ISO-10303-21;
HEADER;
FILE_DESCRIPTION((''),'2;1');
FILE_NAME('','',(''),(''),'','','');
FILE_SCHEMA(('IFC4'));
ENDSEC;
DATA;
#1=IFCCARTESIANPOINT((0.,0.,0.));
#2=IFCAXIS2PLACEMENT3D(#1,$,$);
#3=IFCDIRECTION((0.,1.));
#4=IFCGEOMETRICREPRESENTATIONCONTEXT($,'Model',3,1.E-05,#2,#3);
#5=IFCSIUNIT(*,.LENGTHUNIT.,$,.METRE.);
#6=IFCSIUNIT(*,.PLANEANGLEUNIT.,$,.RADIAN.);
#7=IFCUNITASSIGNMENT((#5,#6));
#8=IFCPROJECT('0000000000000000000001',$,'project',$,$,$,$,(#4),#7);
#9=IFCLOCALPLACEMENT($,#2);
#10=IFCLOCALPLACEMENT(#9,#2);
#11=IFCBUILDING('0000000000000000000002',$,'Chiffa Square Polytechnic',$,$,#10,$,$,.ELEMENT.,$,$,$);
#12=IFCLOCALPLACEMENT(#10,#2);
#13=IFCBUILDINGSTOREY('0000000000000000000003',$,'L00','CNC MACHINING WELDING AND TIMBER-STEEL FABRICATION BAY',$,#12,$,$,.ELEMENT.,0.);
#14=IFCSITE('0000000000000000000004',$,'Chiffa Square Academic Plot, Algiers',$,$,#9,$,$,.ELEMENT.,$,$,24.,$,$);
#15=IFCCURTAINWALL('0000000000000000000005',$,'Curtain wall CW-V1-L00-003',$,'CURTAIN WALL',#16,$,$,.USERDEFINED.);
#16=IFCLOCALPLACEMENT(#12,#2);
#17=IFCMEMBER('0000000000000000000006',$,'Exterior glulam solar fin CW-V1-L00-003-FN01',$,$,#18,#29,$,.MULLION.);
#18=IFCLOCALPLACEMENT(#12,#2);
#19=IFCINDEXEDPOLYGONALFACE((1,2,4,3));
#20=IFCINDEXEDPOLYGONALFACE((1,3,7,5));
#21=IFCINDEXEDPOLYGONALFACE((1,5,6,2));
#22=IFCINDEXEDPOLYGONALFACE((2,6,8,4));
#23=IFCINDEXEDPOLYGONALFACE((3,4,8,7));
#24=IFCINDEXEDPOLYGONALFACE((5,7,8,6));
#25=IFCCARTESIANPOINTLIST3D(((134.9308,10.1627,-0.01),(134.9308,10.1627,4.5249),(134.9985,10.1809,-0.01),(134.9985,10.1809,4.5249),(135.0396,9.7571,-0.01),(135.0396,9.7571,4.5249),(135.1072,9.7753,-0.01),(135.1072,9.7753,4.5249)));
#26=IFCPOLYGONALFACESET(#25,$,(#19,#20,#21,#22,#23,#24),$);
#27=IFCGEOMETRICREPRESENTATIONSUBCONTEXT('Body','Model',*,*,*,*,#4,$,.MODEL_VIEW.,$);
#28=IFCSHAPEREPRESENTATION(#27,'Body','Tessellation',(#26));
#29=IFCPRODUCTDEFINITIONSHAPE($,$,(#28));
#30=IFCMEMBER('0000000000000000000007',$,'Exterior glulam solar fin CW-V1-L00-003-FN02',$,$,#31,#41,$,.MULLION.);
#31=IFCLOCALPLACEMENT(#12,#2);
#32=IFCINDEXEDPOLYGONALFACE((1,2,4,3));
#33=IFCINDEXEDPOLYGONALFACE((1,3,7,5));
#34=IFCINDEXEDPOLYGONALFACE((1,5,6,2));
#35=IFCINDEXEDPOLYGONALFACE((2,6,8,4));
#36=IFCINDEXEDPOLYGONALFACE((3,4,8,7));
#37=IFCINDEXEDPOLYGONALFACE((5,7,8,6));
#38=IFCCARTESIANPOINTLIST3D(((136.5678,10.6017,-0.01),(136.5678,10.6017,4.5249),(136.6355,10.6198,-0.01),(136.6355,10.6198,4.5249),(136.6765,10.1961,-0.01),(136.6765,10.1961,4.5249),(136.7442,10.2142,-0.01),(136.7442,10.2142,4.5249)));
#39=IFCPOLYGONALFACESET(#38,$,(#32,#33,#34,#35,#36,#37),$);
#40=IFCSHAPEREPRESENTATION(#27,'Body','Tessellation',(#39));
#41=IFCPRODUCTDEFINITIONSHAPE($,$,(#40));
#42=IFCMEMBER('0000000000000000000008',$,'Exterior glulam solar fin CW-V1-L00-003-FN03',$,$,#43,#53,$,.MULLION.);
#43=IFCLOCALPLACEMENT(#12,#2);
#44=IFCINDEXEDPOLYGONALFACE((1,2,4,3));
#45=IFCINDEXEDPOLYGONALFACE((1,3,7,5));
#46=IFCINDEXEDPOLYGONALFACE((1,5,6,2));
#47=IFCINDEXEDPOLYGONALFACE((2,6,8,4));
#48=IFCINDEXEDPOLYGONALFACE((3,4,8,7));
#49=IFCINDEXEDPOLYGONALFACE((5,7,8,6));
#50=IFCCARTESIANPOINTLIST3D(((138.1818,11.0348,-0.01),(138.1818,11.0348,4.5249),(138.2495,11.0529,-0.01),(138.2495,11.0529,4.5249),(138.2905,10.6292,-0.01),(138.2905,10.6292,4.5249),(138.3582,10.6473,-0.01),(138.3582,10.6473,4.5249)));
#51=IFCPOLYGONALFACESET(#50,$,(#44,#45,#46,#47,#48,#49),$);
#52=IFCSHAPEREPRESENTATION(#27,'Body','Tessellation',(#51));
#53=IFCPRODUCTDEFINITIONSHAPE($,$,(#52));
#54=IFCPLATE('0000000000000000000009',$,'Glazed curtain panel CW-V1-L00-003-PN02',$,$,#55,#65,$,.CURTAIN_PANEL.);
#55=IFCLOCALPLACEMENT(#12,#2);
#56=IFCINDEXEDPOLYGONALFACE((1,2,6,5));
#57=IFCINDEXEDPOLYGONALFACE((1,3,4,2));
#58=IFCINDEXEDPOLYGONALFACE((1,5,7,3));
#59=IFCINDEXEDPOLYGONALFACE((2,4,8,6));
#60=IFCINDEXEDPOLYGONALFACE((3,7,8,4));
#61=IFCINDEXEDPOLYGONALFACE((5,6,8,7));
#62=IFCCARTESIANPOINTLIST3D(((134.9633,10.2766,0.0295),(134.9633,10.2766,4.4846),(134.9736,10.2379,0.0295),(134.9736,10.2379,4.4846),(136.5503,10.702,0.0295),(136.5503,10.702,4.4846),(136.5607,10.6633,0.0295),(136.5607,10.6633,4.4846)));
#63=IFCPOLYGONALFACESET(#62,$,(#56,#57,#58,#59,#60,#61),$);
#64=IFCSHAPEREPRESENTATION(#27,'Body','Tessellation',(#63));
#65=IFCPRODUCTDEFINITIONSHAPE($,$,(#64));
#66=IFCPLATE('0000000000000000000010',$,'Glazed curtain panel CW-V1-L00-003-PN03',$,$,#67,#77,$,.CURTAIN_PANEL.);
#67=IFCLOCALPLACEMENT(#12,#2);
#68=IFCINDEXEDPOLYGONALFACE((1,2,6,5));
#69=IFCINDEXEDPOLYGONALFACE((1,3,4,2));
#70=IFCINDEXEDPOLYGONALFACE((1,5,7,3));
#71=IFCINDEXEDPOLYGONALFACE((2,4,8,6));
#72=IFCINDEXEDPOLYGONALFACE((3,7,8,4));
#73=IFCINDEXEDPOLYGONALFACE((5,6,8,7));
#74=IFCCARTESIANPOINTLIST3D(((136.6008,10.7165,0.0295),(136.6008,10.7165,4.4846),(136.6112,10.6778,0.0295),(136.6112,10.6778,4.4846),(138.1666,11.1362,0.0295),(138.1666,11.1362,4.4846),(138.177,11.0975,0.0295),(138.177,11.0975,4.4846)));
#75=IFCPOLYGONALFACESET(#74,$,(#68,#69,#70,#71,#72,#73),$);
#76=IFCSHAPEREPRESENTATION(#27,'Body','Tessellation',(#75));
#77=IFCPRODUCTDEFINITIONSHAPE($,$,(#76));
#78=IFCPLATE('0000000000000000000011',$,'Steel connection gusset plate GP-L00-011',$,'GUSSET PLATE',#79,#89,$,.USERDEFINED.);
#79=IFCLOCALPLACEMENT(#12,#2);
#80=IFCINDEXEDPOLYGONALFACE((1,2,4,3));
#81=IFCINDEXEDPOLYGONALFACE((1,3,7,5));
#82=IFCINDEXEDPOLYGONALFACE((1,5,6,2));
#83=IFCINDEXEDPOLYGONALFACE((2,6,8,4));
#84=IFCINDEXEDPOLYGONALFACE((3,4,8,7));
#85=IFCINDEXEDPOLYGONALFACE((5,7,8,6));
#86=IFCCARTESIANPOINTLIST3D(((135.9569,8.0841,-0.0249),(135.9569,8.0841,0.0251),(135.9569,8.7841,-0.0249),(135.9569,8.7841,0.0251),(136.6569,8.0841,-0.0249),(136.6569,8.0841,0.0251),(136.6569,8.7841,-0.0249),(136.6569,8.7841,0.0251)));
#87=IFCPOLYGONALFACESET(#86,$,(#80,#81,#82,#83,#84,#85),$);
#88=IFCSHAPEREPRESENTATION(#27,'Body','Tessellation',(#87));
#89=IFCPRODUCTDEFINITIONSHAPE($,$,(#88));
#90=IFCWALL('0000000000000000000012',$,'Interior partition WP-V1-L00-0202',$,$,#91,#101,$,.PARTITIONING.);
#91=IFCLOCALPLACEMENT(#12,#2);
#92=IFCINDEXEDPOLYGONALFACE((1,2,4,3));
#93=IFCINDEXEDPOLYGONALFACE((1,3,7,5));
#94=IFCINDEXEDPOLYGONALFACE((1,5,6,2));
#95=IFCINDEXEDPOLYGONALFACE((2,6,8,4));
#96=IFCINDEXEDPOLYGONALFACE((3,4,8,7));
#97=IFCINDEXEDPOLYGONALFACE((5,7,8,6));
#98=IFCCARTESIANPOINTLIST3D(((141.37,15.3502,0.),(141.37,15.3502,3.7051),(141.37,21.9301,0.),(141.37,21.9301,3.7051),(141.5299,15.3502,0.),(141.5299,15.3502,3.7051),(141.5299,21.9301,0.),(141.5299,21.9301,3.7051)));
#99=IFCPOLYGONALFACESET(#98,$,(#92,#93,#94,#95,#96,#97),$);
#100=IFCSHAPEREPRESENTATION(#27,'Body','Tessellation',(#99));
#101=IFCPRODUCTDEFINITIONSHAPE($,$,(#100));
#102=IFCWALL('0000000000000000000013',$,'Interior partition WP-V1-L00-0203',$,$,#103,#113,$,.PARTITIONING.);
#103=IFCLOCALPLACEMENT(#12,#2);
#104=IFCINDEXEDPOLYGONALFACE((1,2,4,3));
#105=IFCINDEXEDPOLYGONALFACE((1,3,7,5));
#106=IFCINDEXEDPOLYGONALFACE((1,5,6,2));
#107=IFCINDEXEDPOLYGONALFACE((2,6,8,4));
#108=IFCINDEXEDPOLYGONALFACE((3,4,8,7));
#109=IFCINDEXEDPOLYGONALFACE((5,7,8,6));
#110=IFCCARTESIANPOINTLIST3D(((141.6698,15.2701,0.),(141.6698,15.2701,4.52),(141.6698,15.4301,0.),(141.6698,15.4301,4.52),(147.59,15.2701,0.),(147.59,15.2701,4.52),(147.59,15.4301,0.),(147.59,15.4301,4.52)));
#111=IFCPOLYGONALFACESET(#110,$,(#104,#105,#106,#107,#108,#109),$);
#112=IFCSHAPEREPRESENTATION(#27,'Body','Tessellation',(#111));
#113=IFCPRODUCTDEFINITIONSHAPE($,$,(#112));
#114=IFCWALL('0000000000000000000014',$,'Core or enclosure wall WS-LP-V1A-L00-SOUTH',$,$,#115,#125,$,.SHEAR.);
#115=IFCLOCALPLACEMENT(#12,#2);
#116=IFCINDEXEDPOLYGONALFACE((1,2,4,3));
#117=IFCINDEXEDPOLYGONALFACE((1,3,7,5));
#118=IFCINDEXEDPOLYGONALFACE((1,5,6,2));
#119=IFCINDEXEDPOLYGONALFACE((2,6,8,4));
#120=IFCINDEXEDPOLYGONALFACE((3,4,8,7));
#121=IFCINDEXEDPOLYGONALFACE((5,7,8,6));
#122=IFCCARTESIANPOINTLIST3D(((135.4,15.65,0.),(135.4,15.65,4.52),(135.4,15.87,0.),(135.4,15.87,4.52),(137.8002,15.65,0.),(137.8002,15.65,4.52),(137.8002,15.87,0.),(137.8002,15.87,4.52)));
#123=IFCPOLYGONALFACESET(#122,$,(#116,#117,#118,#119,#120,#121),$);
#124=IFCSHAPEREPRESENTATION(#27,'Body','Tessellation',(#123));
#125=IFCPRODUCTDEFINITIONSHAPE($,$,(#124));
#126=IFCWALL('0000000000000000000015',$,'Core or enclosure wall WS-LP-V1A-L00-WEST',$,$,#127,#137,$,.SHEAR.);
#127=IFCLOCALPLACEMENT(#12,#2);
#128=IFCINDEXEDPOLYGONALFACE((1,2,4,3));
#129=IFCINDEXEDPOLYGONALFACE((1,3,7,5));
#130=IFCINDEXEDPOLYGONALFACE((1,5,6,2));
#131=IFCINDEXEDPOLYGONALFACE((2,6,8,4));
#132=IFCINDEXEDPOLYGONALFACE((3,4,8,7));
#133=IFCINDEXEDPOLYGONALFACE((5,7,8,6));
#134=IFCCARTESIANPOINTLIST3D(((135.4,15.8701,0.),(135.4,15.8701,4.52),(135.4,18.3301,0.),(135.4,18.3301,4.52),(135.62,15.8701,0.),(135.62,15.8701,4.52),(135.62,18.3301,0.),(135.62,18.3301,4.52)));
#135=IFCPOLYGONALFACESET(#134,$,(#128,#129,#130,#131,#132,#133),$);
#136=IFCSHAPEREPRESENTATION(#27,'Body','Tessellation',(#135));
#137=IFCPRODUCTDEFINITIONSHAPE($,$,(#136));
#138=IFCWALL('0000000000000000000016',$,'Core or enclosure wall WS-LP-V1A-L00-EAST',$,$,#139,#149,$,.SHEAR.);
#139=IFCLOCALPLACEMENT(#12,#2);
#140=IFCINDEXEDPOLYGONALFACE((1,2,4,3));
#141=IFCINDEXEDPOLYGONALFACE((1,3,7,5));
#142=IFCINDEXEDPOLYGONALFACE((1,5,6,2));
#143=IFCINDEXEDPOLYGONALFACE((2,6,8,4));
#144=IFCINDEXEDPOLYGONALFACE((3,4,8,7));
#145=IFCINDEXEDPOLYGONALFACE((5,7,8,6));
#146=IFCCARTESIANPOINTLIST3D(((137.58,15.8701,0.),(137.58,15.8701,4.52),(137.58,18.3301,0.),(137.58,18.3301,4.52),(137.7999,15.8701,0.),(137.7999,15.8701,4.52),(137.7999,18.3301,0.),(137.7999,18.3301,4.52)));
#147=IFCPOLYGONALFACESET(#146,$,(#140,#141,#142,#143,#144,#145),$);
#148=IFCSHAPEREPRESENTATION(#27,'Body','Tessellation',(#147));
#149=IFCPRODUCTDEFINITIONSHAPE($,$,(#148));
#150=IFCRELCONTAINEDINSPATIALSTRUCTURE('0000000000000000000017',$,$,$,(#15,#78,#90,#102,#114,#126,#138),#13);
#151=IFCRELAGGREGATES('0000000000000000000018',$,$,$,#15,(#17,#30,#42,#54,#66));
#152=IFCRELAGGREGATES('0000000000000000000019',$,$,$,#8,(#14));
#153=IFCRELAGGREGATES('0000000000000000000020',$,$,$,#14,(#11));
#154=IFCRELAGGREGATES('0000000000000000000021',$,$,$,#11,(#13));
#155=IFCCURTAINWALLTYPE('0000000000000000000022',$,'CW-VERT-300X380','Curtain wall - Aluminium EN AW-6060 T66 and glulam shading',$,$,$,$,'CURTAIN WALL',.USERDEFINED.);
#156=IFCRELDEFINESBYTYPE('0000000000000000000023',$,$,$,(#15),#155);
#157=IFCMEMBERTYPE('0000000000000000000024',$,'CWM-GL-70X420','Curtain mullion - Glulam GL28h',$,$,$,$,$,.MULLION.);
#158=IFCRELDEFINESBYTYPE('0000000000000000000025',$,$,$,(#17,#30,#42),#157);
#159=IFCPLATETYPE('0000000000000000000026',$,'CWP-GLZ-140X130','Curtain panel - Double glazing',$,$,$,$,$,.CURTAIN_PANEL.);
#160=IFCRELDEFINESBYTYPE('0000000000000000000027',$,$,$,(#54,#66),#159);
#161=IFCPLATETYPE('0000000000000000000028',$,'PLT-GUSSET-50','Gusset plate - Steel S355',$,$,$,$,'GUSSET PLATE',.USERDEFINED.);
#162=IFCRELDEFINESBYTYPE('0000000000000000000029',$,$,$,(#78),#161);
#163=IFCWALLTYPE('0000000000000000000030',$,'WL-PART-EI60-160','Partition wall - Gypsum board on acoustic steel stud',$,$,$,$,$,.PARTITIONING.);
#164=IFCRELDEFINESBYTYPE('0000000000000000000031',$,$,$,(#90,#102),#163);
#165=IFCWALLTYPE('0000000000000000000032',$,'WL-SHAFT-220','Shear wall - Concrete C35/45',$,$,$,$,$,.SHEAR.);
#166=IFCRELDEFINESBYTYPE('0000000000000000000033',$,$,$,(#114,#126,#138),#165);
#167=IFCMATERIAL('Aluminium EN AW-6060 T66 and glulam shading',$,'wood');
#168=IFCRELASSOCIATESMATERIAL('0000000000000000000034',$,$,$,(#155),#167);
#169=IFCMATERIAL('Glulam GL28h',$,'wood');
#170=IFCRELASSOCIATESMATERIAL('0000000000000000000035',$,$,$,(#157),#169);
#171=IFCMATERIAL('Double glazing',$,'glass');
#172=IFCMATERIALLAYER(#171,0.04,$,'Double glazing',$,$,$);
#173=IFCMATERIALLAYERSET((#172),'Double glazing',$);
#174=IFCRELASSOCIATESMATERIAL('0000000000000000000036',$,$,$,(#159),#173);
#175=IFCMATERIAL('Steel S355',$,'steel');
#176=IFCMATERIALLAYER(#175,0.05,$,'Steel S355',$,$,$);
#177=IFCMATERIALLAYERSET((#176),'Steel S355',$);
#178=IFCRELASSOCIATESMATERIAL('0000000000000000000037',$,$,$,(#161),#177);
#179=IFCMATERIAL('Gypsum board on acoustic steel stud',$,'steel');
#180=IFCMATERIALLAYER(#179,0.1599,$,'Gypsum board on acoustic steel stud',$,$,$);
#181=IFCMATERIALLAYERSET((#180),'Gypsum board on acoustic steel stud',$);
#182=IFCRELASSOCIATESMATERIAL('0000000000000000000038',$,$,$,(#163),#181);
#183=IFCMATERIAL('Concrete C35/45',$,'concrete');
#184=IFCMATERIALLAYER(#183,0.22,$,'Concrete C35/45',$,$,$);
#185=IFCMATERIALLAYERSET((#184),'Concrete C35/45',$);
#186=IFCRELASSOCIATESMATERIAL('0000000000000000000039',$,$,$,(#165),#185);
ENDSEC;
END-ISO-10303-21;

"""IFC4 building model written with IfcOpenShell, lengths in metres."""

from ifc_helpers import new_model, si_unit, direction, frame, frame_2d, origin, origin_2d, place, context, subcontext, project, spatial, rectangle, extrude, material, layer, layer_set, material_profile, profile_set, type_object, element, aggregate, save


model = new_model("IFC4")

# Units and contexts
model_context = context("Model", 3, precision=1e-05, world=origin(), true_north=direction((0.0, 1.0)))
body_context = subcontext(model_context, "Body", "Model", "MODEL_VIEW")
ifc_project = project(units=[si_unit("LENGTHUNIT", "METRE"), si_unit("PLANEANGLEUNIT", "RADIAN")], contexts=[model_context])

# Site, building, storey
site_placement = place(None, origin())
site = spatial("IfcSite", under=ifc_project, at=site_placement, Name="Chiffa Square Academic Plot, Algiers", CompositionType="ELEMENT", RefElevation=24.0)
building_placement = place(site_placement, origin())
building = spatial("IfcBuilding", under=site, at=building_placement, Name="Chiffa Square Polytechnic", CompositionType="ELEMENT")
storey_placement = place(building_placement, origin())
storey = spatial("IfcBuildingStorey", under=building, at=storey_placement, Name="L00", Description="CNC MACHINING WELDING AND TIMBER-STEEL FABRICATION BAY", CompositionType="ELEMENT", Elevation=0.0)

# Shared definitions
ifc_material_1 = material(Name="Concrete C35/45", Category="concrete")

# Shared definitions
ifc_material_2 = material(Name="Steel S355", Category="steel")

# Curtain wall, members, plates
ifc_material_3 = material(Name="Aluminium EN AW-6060 T66 and glulam shading", Category="wood")
curtain_wall_type = type_object("IfcCurtainWallType", Name="CW-VERT-300X380", Description="Curtain wall - Aluminium EN AW-6060 T66 and glulam shading", ElementType="CURTAIN WALL", PredefinedType="USERDEFINED", material=ifc_material_3)
curtain_wall_placement = place(storey_placement, origin())
curtain_wall = element("IfcCurtainWall", 1, at=curtain_wall_placement, inside=storey, type_object=curtain_wall_type, Name="Curtain wall CW-V1-L00-003", ObjectType="CURTAIN WALL", PredefinedType="USERDEFINED")
ifc_material_4 = material(Name="Glulam GL28h", Category="wood")
ifc_material_profile_1 = material_profile(ifc_material_4, rectangle(XDim=0.0701, YDim=0.4199, at=origin_2d()), Name="GL28h 70x420")
ifc_profile_set_1 = profile_set([ifc_material_profile_1], Name="Glulam GL28h")
member_type_1 = type_object("IfcMemberType", Name="CWM-GL-70X420", Description="Curtain mullion - Glulam GL28h", PredefinedType="MULLION", material=ifc_profile_set_1)
member_1_placement = place(storey_placement, frame((135.019, 9.969, -0.01), z_axis=(0.0, 0.0, 1.0), x_axis=(0.965899, 0.25892, 0.0)))
member_1 = element("IfcMember", 2, at=member_1_placement, type_object=member_type_1, Name="Exterior glulam solar fin CW-V1-L00-003-FN01", PredefinedType="MULLION", context=body_context, shape_type="SweptSolid", body=[
    extrude(rectangle(XDim=0.0701, YDim=0.4199, at=origin_2d()), origin(), (0.0, 0.0, 1.0), 4.5349),
])
member_2_placement = place(storey_placement, frame((136.656, 10.408, -0.01), z_axis=(0.0, 0.0, 1.0), x_axis=(0.965899, 0.25892, 0.0)))
member_2 = element("IfcMember", 3, at=member_2_placement, type_object=member_type_1, Name="Exterior glulam solar fin CW-V1-L00-003-FN02", PredefinedType="MULLION", context=body_context, shape_type="SweptSolid", body=[
    extrude(rectangle(XDim=0.0701, YDim=0.4199, at=origin_2d()), origin(), (0.0, 0.0, 1.0), 4.5349),
])
member_3_placement = place(storey_placement, frame((138.27, 10.8411, -0.01), z_axis=(0.0, 0.0, 1.0), x_axis=(0.965899, 0.25892, 0.0)))
member_3 = element("IfcMember", 4, at=member_3_placement, type_object=member_type_1, Name="Exterior glulam solar fin CW-V1-L00-003-FN03", PredefinedType="MULLION", context=body_context, shape_type="SweptSolid", body=[
    extrude(rectangle(XDim=0.0701, YDim=0.4199, at=origin_2d()), origin(), (0.0, 0.0, 1.0), 4.5349),
])
ifc_material_5 = material(Name="Double glazing", Category="glass")
ifc_layer_1 = layer(ifc_material_5, 0.04, Name="Double glazing")
ifc_layer_set_1 = layer_set([ifc_layer_1], Name="Double glazing")
plate_type_1 = type_object("IfcPlateType", Name="CWP-GLZ-140X130", Description="Curtain panel - Double glazing", PredefinedType="CURTAIN_PANEL", material=ifc_layer_set_1)
plate_1_placement = place(storey_placement, frame((135.762, 10.47, 0.0295), z_axis=(0.0, 0.0, 1.0), x_axis=(0.965899, 0.25892, 0.0)))
plate_1 = element("IfcPlate", 5, at=plate_1_placement, type_object=plate_type_1, Name="Glazed curtain panel CW-V1-L00-003-PN02", PredefinedType="CURTAIN_PANEL", context=body_context, shape_type="SweptSolid", body=[
    extrude(rectangle(XDim=1.6431, YDim=0.04, at=origin_2d()), origin(), (0.0, 0.0, 1.0), 4.4551),
])
plate_2_placement = place(storey_placement, frame((137.3889, 10.907, 0.0295), z_axis=(0.0, 0.0, 1.0), x_axis=(0.965899, 0.25892, 0.0)))
plate_2 = element("IfcPlate", 6, at=plate_2_placement, type_object=plate_type_1, Name="Glazed curtain panel CW-V1-L00-003-PN03", PredefinedType="CURTAIN_PANEL", context=body_context, shape_type="SweptSolid", body=[
    extrude(rectangle(XDim=1.6211, YDim=0.04, at=origin_2d()), origin(), (0.0, 0.0, 1.0), 4.4551),
])
aggregate(curtain_wall, [member_1, member_2, member_3, plate_1, plate_2])

# Plate
ifc_layer_2 = layer(ifc_material_2, 0.05, Name="Steel S355")
ifc_layer_set_2 = layer_set([ifc_layer_2], Name="Steel S355")
plate_type_2 = type_object("IfcPlateType", Name="PLT-GUSSET-50", Description="Gusset plate - Steel S355", ElementType="GUSSET PLATE", PredefinedType="USERDEFINED", material=ifc_layer_set_2)
plate_3_placement = place(storey_placement, frame((136.3069, 8.4341, -0.0249), z_axis=(0.0, 0.0, 1.0), x_axis=(1.0, 0.0, 0.0)))
element("IfcPlate", 7, at=plate_3_placement, inside=storey, type_object=plate_type_2, Name="Steel connection gusset plate GP-L00-011", ObjectType="GUSSET PLATE", PredefinedType="USERDEFINED", context=body_context, shape_type="SweptSolid", body=[
    extrude(rectangle(XDim=0.7, YDim=0.7, at=origin_2d()), origin(), (0.0, 0.0, 1.0), 0.05),
])

# Walls
ifc_material_6 = material(Name="Gypsum board on acoustic steel stud", Category="steel")
ifc_layer_3 = layer(ifc_material_6, 0.1599, Name="Gypsum board on acoustic steel stud")
ifc_layer_set_3 = layer_set([ifc_layer_3], Name="Gypsum board on acoustic steel stud")
wall_type_1 = type_object("IfcWallType", Name="WL-PART-EI60-160", Description="Partition wall - Gypsum board on acoustic steel stud", PredefinedType="PARTITIONING", material=ifc_layer_set_3)
wall_1_placement = place(storey_placement, frame((141.45, 15.3501, 0.0), z_axis=(0.0, 0.0, 1.0), x_axis=(0.0, 1.0, 0.0)))
element("IfcWall", 8, at=wall_1_placement, inside=storey, type_object=wall_type_1, Name="Interior partition WP-V1-L00-0202", PredefinedType="PARTITIONING", context=body_context, shape_type="SweptSolid", body=[
    extrude(rectangle(XDim=6.5798, YDim=0.1599, at=frame_2d((3.29, 0.0))), origin(), (0.0, 0.0, 1.0), 3.7051),
])
wall_2_placement = place(storey_placement, frame((141.6699, 15.3501, 0.0), z_axis=(0.0, 0.0, 1.0), x_axis=(1.0, 0.0, 0.0)))
element("IfcWall", 9, at=wall_2_placement, inside=storey, type_object=wall_type_1, Name="Interior partition WP-V1-L00-0203", PredefinedType="PARTITIONING", context=body_context, shape_type="SweptSolid", body=[
    extrude(rectangle(XDim=5.9202, YDim=0.1599, at=frame_2d((2.96, 0.0))), origin(), (0.0, 0.0, 1.0), 4.52),
])
ifc_layer_4 = layer(ifc_material_1, 0.22, Name="Concrete C35/45")
ifc_layer_set_4 = layer_set([ifc_layer_4], Name="Concrete C35/45")
wall_type_2 = type_object("IfcWallType", Name="WL-SHAFT-220", Description="Shear wall - Concrete C35/45", PredefinedType="SHEAR", material=ifc_layer_set_4)
wall_3_placement = place(storey_placement, frame((135.3999, 15.76, 0.0), z_axis=(0.0, 0.0, 1.0), x_axis=(1.0, 0.0, 0.0)))
element("IfcWall", 10, at=wall_3_placement, inside=storey, type_object=wall_type_2, Name="Core or enclosure wall WS-LP-V1A-L00-SOUTH", PredefinedType="SHEAR", context=body_context, shape_type="SweptSolid", body=[
    extrude(rectangle(XDim=2.4001, YDim=0.22, at=frame_2d((1.2002, 0.0))), origin(), (0.0, 0.0, 1.0), 4.52),
])
for number, where, z_axis, x_axis, name in (
    (11, (135.51, 15.8701, 0.0), (0.0, 0.0, 1.0), (0.0, 1.0, 0.0), "Core or enclosure wall WS-LP-V1A-L00-WEST"),
    (12, (137.6899, 15.8701, 0.0), (0.0, 0.0, 1.0), (0.0, 1.0, 0.0), "Core or enclosure wall WS-LP-V1A-L00-EAST"),
):
    element("IfcWall", number, at=place(storey_placement, frame(where, z_axis=z_axis, x_axis=x_axis)), inside=storey, type_object=wall_type_2, Name=name, PredefinedType="SHEAR", context=body_context, shape_type="SweptSolid", body=[
        extrude(rectangle(XDim=2.46, YDim=0.22, at=frame_2d((1.23, 0.0))), origin(), (0.0, 0.0, 1.0), 4.52),
    ])

save(model, "model.ifc")
